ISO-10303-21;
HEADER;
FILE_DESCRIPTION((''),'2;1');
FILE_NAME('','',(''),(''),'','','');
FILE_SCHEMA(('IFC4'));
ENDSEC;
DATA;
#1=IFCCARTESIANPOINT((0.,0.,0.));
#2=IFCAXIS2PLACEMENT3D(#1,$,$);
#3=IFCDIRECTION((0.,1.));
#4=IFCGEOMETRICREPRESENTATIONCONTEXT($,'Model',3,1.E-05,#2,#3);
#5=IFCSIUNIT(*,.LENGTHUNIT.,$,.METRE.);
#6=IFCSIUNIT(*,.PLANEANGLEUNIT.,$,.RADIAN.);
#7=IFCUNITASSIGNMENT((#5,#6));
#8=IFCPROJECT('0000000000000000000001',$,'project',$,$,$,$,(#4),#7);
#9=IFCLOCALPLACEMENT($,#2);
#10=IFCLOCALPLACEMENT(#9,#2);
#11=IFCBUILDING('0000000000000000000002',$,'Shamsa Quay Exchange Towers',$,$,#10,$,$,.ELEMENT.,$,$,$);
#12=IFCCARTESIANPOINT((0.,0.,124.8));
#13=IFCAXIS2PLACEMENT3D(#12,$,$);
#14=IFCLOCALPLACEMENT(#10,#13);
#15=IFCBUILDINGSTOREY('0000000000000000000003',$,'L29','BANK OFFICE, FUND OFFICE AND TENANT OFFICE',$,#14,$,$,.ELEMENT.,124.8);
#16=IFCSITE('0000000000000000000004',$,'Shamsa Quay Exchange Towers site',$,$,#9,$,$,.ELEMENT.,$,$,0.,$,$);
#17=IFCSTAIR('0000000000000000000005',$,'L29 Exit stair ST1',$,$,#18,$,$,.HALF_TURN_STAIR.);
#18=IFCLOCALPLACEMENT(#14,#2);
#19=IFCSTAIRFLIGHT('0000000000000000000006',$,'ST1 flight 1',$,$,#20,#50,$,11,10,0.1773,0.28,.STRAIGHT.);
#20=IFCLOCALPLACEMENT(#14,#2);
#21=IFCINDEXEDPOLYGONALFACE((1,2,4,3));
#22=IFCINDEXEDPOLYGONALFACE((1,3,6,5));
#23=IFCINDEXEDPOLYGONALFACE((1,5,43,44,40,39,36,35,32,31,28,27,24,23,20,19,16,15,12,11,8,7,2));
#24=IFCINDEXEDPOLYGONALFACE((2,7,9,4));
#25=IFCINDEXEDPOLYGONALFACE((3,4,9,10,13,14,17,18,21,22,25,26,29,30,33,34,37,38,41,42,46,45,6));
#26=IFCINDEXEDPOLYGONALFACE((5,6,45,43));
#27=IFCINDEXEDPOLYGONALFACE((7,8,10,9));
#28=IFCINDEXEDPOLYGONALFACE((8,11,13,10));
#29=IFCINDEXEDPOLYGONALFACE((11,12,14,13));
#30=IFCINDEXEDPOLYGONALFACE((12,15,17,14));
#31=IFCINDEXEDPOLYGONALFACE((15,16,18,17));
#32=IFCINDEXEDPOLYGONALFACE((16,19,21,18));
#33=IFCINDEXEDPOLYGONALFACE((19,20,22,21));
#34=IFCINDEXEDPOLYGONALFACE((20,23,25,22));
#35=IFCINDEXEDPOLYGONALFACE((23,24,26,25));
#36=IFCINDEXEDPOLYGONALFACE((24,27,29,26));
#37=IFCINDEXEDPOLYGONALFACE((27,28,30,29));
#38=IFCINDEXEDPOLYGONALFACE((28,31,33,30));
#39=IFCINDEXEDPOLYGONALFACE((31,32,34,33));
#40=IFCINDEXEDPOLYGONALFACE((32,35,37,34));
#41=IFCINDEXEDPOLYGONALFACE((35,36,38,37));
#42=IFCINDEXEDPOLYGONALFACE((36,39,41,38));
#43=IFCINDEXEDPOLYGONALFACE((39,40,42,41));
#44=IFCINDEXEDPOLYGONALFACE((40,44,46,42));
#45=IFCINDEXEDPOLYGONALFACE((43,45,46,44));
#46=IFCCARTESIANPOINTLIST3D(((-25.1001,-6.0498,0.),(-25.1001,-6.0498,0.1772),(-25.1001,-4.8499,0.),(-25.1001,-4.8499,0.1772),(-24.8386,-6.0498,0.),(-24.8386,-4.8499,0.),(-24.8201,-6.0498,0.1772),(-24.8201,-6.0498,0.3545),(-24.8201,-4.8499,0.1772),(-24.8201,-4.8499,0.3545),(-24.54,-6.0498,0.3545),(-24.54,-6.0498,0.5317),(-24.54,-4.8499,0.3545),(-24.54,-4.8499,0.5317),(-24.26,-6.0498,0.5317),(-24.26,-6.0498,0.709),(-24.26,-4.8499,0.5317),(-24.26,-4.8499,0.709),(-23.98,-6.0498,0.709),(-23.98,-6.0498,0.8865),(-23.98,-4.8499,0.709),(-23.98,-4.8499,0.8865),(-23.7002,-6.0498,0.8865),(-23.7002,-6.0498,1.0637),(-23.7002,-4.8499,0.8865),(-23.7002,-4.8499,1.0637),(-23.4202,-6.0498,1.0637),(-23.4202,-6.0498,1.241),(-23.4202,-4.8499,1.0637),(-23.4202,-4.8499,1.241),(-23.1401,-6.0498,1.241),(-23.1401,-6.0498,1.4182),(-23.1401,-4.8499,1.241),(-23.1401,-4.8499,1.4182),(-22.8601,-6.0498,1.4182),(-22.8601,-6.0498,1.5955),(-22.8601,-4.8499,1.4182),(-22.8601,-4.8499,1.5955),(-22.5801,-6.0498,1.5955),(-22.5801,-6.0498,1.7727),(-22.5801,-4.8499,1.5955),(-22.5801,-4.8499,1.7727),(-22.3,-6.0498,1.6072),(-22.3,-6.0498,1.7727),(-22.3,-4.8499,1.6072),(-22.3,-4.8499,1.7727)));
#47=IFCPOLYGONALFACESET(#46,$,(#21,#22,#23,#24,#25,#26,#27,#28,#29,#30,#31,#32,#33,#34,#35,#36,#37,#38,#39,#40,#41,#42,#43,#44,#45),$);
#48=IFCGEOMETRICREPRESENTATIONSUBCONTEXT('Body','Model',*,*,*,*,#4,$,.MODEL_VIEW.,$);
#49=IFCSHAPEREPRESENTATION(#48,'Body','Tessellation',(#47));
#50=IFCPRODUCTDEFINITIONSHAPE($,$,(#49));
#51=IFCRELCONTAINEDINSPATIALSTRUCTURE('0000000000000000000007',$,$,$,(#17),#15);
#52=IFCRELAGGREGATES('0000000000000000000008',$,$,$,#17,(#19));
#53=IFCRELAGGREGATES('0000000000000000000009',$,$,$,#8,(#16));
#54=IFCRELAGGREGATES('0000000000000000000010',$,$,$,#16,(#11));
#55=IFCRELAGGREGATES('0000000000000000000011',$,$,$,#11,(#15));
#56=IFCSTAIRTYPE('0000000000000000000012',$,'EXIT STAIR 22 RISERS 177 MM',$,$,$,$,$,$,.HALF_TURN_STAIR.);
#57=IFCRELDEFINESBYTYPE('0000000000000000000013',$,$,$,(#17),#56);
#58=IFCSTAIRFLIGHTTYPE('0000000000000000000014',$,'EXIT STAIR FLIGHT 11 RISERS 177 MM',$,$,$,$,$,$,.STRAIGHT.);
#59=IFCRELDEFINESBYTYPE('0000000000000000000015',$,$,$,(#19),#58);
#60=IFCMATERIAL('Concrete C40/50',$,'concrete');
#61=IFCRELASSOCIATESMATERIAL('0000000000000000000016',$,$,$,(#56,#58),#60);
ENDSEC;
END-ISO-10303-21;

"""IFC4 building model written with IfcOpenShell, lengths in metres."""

from ifc_helpers import new_model, si_unit, direction, frame, origin, place, context, subcontext, project, spatial, polyline, outline, extrude, material, type_object, element, aggregate, save


model = new_model("IFC4")

# Units and contexts
model_context = context("Model", 3, precision=1e-05, world=origin(), true_north=direction((0.0, 1.0)))
body_context = subcontext(model_context, "Body", "Model", "MODEL_VIEW")
ifc_project = project(units=[si_unit("LENGTHUNIT", "METRE"), si_unit("PLANEANGLEUNIT", "RADIAN")], contexts=[model_context])

# Site, building, storey
site_placement = place(None, origin())
site = spatial("IfcSite", under=ifc_project, at=site_placement, Name="Shamsa Quay Exchange Towers site", CompositionType="ELEMENT", RefElevation=0.0)
building_placement = place(site_placement, origin())
building = spatial("IfcBuilding", under=site, at=building_placement, Name="Shamsa Quay Exchange Towers", CompositionType="ELEMENT")
storey_placement = place(building_placement, frame((0.0, 0.0, 124.8)))
storey = spatial("IfcBuildingStorey", under=building, at=storey_placement, Name="L29", Description="BANK OFFICE, FUND OFFICE AND TENANT OFFICE", CompositionType="ELEMENT", Elevation=124.8)

# Stair, stair flight
ifc_material_1 = material(Name="Concrete C40/50", Category="concrete")
stair_type = type_object("IfcStairType", Name="EXIT STAIR 22 RISERS 177 MM", PredefinedType="HALF_TURN_STAIR", material=ifc_material_1)
stair_placement = place(storey_placement, origin())
stair = element("IfcStair", 1, at=stair_placement, inside=storey, type_object=stair_type, Name="L29 Exit stair ST1", PredefinedType="HALF_TURN_STAIR")
stair_flight_type = type_object("IfcStairFlightType", Name="EXIT STAIR FLIGHT 11 RISERS 177 MM", PredefinedType="STRAIGHT", material=ifc_material_1)
stair_flight_placement = place(storey_placement, frame((-25.1001, -5.45, 0.0)))
stair_flight = element("IfcStairFlight", 2, at=stair_flight_placement, type_object=stair_flight_type, Name="ST1 flight 1", NumberOfRisers=11, NumberOfTreads=10, PredefinedType="STRAIGHT", RiserHeight=0.1773, TreadLength=0.28, context=body_context, shape_type="SweptSolid", body=[
    extrude(outline(polyline([(0.0, 0.0), (0.0, 0.1772), (0.28, 0.1772), (0.28, 0.3545), (0.5601, 0.3545), (0.5601, 0.5317), (0.8401, 0.5317), (0.8401, 0.709), (1.1201, 0.709), (1.1201, 0.8865), (1.3999, 0.8865), (1.3999, 1.0637), (1.6799, 1.0637), (1.6799, 1.241), (1.96, 1.241), (1.96, 1.4182), (2.24, 1.4182), (2.24, 1.5955), (2.52, 1.5955), (2.52, 1.7727), (2.8, 1.7727), (2.8, 1.95), (2.8, 1.6072), (0.2615, 0.0), (0.0, 0.0)])), frame((0.0, 0.6001, 0.0), z_axis=(0.0, -1.0, 0.0), x_axis=(1.0, 0.0, 0.0)), (0.0, 0.0, 1.0), 1.2),
])
aggregate(stair, [stair_flight])

save(model, "model.ifc")
